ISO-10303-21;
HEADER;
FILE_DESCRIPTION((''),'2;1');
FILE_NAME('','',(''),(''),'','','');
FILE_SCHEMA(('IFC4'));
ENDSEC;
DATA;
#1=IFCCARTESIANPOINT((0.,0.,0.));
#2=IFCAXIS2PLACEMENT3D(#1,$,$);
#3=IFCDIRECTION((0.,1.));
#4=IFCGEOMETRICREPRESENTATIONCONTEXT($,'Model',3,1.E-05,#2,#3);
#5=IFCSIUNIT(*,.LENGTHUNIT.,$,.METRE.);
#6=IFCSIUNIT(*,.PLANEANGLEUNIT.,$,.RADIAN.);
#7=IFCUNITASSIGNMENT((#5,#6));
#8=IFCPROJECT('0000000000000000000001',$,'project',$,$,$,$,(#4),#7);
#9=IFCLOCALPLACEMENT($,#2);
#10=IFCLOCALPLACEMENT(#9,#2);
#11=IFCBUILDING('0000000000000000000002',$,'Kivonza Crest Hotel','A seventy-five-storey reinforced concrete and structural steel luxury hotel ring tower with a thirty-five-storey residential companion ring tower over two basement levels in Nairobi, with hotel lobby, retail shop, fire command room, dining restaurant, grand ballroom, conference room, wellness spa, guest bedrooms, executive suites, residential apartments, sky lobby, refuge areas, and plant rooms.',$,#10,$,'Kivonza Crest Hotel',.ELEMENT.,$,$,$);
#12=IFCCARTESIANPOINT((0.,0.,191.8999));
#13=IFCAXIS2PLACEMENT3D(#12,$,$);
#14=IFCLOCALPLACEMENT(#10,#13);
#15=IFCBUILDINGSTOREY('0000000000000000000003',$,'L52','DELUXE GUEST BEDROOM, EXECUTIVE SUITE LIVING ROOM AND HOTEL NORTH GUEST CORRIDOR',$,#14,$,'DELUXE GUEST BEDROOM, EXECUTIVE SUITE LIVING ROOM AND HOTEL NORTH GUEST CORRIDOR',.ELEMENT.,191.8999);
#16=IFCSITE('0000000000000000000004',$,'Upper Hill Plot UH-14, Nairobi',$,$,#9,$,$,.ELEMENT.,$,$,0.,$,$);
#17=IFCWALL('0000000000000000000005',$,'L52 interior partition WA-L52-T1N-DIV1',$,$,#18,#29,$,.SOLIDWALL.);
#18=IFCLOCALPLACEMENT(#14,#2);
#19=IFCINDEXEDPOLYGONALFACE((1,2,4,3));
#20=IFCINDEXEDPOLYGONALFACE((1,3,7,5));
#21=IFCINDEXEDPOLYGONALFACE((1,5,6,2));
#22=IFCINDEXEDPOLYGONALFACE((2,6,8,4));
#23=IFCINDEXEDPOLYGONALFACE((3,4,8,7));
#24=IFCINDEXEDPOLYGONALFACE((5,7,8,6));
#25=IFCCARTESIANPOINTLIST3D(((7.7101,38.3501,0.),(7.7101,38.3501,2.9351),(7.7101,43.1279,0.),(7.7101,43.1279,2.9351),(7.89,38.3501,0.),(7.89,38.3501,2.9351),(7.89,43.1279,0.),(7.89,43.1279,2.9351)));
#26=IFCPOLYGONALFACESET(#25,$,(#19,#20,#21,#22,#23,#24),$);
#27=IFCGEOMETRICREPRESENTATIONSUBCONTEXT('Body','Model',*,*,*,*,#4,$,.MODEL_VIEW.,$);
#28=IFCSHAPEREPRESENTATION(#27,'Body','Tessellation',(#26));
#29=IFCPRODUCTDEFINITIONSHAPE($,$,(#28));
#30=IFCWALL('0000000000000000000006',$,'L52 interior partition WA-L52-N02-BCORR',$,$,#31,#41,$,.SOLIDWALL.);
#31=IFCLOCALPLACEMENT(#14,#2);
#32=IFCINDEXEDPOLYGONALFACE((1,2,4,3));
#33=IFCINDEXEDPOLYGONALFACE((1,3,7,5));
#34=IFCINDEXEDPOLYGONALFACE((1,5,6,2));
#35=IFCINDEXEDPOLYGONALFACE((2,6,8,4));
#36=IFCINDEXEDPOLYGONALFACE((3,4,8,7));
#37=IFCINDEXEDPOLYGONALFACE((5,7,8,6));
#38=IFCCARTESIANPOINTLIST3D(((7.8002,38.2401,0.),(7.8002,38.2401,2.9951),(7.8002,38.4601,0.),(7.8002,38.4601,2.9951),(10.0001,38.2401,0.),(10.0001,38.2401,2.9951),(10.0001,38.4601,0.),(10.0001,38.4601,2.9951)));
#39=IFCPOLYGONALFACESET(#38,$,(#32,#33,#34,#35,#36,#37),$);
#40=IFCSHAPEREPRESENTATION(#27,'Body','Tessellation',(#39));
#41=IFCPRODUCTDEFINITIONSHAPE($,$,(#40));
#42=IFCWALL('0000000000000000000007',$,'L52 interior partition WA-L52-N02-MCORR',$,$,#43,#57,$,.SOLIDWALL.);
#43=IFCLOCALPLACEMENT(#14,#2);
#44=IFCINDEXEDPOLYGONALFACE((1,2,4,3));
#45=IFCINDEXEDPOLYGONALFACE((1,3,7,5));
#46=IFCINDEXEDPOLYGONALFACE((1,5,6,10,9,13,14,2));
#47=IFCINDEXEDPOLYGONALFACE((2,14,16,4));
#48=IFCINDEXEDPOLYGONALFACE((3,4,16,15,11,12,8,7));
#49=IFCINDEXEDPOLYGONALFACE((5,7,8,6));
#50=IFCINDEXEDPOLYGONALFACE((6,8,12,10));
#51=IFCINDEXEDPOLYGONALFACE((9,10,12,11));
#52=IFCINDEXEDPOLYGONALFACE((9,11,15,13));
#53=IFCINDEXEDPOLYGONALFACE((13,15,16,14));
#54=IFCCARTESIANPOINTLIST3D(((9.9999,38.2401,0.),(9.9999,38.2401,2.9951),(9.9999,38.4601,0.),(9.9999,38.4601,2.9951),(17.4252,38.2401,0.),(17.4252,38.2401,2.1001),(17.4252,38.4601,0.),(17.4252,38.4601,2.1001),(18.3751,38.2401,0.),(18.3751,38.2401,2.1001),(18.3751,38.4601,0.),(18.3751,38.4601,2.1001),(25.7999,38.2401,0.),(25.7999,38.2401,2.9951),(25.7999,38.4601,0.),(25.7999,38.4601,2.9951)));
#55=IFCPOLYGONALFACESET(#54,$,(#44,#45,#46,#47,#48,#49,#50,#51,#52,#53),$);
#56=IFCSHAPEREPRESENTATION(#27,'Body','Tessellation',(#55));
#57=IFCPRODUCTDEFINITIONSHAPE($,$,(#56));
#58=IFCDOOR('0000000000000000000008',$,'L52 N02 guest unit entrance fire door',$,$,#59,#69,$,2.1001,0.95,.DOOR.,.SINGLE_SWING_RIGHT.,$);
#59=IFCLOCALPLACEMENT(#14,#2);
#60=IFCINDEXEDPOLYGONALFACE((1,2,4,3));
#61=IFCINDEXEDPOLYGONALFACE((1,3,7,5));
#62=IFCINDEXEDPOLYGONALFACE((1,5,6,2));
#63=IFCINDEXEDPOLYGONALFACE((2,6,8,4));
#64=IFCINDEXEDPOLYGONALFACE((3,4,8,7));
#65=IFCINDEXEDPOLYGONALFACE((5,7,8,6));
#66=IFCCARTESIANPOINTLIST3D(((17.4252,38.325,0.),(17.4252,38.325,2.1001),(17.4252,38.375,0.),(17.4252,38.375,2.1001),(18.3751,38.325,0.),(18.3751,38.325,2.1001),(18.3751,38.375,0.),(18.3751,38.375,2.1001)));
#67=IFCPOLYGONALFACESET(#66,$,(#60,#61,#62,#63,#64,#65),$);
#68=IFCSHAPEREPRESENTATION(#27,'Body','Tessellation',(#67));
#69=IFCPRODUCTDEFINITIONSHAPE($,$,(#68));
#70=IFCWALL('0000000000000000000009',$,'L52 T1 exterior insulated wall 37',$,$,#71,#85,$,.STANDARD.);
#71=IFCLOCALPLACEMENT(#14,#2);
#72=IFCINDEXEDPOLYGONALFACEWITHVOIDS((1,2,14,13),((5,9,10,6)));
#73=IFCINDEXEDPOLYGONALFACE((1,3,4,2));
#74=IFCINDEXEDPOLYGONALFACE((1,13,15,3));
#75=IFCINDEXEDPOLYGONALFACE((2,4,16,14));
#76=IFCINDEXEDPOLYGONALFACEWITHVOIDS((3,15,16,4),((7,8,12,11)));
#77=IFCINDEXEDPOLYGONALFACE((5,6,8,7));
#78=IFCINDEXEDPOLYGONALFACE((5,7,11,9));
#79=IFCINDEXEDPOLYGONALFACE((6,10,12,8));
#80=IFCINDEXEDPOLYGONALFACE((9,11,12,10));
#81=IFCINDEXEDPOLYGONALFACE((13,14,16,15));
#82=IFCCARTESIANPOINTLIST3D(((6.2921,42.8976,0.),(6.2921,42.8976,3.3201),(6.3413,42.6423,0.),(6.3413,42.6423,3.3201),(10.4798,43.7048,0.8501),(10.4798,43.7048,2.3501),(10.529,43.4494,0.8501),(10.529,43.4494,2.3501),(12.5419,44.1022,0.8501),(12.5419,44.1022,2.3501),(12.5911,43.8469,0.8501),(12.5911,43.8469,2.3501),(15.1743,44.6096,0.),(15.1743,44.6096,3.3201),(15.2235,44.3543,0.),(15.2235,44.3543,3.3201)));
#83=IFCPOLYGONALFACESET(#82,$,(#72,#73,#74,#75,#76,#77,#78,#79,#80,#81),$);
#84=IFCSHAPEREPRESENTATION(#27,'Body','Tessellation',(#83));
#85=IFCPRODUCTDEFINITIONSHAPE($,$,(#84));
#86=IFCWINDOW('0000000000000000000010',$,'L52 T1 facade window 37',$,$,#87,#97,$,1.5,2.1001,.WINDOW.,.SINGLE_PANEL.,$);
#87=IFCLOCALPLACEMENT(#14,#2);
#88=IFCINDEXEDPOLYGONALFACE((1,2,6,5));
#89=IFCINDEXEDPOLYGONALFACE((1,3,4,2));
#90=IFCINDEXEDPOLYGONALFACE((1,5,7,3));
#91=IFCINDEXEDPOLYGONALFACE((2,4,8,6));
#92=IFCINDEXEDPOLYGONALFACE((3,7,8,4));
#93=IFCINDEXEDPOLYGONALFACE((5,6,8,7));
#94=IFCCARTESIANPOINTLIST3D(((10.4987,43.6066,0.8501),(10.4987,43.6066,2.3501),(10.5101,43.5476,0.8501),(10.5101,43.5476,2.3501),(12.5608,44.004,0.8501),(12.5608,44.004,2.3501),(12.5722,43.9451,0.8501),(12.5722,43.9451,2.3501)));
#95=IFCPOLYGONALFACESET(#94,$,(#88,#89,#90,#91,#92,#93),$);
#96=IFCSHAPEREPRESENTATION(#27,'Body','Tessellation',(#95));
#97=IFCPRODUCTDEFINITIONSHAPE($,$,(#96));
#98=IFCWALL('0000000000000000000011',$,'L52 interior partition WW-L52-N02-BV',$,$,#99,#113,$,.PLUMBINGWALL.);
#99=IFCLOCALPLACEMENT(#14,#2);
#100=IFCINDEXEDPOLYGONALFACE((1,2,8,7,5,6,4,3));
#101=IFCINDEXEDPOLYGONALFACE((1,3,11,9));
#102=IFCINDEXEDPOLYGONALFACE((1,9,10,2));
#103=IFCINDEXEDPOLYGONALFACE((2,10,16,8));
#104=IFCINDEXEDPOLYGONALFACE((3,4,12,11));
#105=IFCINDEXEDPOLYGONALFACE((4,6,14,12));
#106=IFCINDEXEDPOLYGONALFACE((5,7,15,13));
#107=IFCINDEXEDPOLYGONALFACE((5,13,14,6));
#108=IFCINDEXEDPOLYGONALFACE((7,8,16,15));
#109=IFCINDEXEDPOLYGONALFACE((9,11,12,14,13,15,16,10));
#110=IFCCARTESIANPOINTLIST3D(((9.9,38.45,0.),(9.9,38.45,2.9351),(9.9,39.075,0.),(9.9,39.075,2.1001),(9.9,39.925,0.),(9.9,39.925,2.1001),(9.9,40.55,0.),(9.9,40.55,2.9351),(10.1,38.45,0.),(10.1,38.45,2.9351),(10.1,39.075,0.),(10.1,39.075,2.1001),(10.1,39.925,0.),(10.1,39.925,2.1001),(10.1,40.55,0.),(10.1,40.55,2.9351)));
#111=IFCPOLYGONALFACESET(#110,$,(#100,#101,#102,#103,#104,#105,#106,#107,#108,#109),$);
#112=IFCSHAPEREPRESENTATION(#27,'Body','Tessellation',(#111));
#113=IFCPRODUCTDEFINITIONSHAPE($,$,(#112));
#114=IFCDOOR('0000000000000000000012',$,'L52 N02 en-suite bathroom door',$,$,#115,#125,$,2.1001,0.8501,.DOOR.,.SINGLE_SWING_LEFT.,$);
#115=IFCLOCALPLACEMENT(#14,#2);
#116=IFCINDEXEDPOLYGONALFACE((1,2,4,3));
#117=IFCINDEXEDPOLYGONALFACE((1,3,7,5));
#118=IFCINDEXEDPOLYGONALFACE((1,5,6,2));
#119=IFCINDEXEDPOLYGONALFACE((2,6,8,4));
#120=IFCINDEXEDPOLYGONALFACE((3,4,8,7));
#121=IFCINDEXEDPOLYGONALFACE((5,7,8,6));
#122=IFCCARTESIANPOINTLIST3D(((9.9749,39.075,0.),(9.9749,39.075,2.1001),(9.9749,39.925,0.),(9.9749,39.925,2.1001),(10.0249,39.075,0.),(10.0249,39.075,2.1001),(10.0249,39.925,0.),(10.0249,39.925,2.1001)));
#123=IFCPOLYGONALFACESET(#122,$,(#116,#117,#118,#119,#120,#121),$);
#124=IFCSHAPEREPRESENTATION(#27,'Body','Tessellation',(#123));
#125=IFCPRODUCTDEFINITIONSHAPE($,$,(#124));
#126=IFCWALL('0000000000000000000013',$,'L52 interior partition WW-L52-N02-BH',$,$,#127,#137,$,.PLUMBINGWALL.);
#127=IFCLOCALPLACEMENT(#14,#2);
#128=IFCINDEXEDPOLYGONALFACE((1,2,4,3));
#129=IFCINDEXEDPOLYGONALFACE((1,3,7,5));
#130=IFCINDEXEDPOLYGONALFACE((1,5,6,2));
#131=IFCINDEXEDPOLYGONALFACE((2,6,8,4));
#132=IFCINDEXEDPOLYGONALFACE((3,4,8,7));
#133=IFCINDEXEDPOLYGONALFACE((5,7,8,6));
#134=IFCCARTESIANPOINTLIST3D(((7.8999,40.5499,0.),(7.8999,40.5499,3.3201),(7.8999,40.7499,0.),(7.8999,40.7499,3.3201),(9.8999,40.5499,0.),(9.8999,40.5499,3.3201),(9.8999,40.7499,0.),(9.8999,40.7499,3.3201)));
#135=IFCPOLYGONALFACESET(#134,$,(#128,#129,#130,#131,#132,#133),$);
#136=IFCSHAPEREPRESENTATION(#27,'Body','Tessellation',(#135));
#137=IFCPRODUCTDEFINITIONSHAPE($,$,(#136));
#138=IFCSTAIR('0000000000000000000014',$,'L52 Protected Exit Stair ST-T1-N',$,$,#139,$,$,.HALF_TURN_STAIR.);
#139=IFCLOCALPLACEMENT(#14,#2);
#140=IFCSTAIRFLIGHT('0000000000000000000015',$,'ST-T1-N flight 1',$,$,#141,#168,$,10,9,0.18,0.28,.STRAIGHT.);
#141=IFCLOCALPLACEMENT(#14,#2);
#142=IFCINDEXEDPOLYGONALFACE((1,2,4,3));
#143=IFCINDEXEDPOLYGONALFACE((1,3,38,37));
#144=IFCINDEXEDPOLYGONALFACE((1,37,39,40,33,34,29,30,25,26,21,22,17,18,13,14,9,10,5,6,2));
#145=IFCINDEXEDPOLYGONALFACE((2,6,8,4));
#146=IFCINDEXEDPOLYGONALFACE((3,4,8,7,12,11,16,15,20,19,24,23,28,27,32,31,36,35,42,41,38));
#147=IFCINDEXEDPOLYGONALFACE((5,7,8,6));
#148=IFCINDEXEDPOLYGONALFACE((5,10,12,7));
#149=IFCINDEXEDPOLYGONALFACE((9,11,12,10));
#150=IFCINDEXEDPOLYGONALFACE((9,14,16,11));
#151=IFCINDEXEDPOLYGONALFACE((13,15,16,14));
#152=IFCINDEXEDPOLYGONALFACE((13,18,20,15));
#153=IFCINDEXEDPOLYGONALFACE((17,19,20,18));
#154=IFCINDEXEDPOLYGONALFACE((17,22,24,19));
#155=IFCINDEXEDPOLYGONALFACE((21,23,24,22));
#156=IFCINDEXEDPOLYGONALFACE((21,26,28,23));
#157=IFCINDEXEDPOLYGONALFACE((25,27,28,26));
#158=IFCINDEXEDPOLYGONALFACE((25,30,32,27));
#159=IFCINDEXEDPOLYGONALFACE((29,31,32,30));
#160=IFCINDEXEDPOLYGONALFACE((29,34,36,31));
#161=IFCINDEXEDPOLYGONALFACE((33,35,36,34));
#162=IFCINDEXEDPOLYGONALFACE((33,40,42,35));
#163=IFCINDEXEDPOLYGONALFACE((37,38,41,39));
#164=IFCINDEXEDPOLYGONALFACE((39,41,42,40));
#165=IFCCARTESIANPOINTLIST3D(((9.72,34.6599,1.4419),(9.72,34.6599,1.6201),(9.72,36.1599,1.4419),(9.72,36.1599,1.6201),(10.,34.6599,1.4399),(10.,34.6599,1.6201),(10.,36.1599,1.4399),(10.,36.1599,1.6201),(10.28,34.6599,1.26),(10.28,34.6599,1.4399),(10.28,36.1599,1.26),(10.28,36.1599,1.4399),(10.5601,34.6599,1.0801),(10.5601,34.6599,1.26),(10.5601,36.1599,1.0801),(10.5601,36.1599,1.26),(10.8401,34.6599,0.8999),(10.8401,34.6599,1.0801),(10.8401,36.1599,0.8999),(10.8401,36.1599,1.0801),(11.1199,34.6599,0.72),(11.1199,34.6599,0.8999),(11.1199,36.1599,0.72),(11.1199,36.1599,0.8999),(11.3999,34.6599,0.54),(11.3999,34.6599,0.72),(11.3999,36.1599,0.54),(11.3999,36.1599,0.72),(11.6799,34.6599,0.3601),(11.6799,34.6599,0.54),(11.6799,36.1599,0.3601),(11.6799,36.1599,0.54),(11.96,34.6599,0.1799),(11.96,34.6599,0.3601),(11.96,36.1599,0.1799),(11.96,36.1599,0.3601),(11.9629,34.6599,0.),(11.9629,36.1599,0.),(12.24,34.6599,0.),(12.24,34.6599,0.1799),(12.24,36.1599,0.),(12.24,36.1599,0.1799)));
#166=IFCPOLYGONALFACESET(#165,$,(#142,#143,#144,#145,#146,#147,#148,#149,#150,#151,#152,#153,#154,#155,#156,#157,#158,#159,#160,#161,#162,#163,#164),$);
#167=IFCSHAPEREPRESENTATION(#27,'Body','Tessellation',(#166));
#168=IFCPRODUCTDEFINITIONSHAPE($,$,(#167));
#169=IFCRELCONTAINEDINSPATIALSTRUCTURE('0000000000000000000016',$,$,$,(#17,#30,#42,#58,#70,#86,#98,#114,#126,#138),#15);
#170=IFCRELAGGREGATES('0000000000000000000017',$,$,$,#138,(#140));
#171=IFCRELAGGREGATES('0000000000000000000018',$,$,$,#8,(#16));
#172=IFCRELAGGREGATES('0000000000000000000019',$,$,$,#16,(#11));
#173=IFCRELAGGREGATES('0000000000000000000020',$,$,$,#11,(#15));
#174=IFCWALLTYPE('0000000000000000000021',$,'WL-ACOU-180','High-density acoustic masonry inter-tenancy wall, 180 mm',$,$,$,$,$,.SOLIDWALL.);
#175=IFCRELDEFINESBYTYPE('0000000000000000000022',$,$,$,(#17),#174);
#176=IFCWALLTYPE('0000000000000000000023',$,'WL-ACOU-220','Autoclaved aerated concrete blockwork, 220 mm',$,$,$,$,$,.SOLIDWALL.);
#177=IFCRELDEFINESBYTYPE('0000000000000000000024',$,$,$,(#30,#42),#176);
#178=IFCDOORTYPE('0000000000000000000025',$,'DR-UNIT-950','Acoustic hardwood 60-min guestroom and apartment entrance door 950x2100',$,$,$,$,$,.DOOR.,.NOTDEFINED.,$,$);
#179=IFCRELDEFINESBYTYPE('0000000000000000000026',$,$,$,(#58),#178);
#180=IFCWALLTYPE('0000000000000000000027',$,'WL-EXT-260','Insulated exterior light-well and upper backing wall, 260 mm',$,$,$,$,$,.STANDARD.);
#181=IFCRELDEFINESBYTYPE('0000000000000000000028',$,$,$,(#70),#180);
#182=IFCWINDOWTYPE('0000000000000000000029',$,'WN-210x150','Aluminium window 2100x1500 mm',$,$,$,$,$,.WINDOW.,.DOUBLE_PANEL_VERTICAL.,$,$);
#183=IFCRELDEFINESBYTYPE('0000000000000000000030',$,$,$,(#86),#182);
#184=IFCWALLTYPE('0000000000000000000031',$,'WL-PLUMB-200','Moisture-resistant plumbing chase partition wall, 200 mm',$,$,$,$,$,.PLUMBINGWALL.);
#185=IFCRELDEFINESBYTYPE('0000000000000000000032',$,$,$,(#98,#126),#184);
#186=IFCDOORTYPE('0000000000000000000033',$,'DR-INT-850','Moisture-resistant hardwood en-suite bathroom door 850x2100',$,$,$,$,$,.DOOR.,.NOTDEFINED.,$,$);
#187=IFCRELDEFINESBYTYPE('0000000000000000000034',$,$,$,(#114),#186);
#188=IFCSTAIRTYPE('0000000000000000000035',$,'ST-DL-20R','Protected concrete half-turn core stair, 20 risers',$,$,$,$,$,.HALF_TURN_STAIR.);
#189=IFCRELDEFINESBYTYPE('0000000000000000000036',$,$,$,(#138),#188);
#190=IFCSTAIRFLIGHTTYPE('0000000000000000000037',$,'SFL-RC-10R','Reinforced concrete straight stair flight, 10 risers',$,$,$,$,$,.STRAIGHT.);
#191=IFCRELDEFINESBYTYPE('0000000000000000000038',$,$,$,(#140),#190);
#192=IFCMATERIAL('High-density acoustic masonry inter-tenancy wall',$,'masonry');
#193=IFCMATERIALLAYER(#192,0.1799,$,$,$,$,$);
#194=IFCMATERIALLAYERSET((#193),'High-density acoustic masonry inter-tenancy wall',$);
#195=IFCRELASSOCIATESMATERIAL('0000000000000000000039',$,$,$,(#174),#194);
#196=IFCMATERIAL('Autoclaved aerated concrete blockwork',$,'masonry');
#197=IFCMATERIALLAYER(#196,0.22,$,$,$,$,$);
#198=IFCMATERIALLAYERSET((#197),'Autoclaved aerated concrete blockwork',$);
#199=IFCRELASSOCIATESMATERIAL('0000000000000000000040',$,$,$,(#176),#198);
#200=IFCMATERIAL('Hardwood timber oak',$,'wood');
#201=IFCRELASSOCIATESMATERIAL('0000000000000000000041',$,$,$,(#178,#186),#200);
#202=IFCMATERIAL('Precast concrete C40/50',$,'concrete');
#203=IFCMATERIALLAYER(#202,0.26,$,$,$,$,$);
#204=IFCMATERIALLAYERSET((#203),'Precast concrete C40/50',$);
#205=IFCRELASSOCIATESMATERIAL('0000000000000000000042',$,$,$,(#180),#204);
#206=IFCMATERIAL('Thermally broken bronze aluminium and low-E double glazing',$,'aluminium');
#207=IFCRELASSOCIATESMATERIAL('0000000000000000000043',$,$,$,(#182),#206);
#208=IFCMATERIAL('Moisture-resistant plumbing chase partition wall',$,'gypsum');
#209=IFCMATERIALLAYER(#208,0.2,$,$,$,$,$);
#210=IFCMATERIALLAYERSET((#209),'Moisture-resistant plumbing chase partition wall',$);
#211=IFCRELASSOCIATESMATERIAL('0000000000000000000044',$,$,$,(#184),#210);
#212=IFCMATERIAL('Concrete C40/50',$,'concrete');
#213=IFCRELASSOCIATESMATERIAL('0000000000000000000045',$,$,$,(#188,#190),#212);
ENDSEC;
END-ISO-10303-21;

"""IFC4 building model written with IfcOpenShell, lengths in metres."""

from ifc_helpers import new_model, si_unit, direction, frame, frame_2d, origin, place, context, subcontext, project, spatial, polyline, rectangle, outline, extrude, material, layer, layer_set, type_object, element, fill, aggregate, save


model = new_model("IFC4")

# Units and contexts
model_context = context("Model", 3, precision=1e-05, world=origin(), true_north=direction((0.0, 1.0)))
body_context = subcontext(model_context, "Body", "Model", "MODEL_VIEW")
ifc_project = project(units=[si_unit("LENGTHUNIT", "METRE"), si_unit("PLANEANGLEUNIT", "RADIAN")], contexts=[model_context])

# Site, building, storey
site_placement = place(None, origin())
site = spatial("IfcSite", under=ifc_project, at=site_placement, Name="Upper Hill Plot UH-14, Nairobi", CompositionType="ELEMENT", RefElevation=0.0)
building_placement = place(site_placement, origin())
building = spatial("IfcBuilding", under=site, at=building_placement, Name="Kivonza Crest Hotel", Description="A seventy-five-storey reinforced concrete and structural steel luxury hotel ring tower with a thirty-five-storey residential companion ring tower over two basement levels in Nairobi, with hotel lobby, retail shop, fire command room, dining restaurant, grand ballroom, conference room, wellness spa, guest bedrooms, executive suites, residential apartments, sky lobby, refuge areas, and plant rooms.", LongName="Kivonza Crest Hotel", CompositionType="ELEMENT")
storey_placement = place(building_placement, frame((0.0, 0.0, 191.8999)))
storey = spatial("IfcBuildingStorey", under=building, at=storey_placement, Name="L52", Description="DELUXE GUEST BEDROOM, EXECUTIVE SUITE LIVING ROOM AND HOTEL NORTH GUEST CORRIDOR", LongName="DELUXE GUEST BEDROOM, EXECUTIVE SUITE LIVING ROOM AND HOTEL NORTH GUEST CORRIDOR", CompositionType="ELEMENT", Elevation=191.8999)

# Walls
ifc_material_1 = material(Name="High-density acoustic masonry inter-tenancy wall", Category="masonry")
ifc_layer_1 = layer(ifc_material_1, 0.1799)
ifc_layer_set_1 = layer_set([ifc_layer_1], Name="High-density acoustic masonry inter-tenancy wall")
wall_type_1 = type_object("IfcWallType", Name="WL-ACOU-180", Description="High-density acoustic masonry inter-tenancy wall, 180 mm", PredefinedType="SOLIDWALL", material=ifc_layer_set_1)
wall_1_placement = place(storey_placement, frame((7.8, 38.3501, 0.0), z_axis=(0.0, 0.0, 1.0), x_axis=(0.0, 1.0, 0.0)))
element("IfcWall", 1, at=wall_1_placement, inside=storey, type_object=wall_type_1, Name="L52 interior partition WA-L52-T1N-DIV1", PredefinedType="SOLIDWALL", context=body_context, shape_type="SweptSolid", body=[
    extrude(rectangle(XDim=4.7778, YDim=0.1799, at=frame_2d((2.3889, 0.0))), origin(), (0.0, 0.0, 1.0), 2.9351),
])
ifc_material_2 = material(Name="Autoclaved aerated concrete blockwork", Category="masonry")
ifc_layer_2 = layer(ifc_material_2, 0.22)
ifc_layer_set_2 = layer_set([ifc_layer_2], Name="Autoclaved aerated concrete blockwork")
wall_type_2 = type_object("IfcWallType", Name="WL-ACOU-220", Description="Autoclaved aerated concrete blockwork, 220 mm", PredefinedType="SOLIDWALL", material=ifc_layer_set_2)
wall_2_placement = place(storey_placement, frame((7.8, 38.3501, 0.0), z_axis=(0.0, 0.0, 1.0), x_axis=(1.0, 0.0, 0.0)))
element("IfcWall", 2, at=wall_2_placement, inside=storey, type_object=wall_type_2, Name="L52 interior partition WA-L52-N02-BCORR", PredefinedType="SOLIDWALL", context=body_context, shape_type="SweptSolid", body=[
    extrude(rectangle(XDim=2.2, YDim=0.22, at=frame_2d((1.1001, 0.0))), origin(), (0.0, 0.0, 1.0), 2.9951),
])

# Wall, opening, door
wall_3_placement = place(storey_placement, frame((10.0, 38.3501, 0.0), z_axis=(0.0, 0.0, 1.0), x_axis=(1.0, 0.0, 0.0)))
wall_3 = element("IfcWall", 3, at=wall_3_placement, inside=storey, type_object=wall_type_2, Name="L52 interior partition WA-L52-N02-MCORR", PredefinedType="SOLIDWALL", context=body_context, shape_type="SweptSolid", body=[
    extrude(rectangle(XDim=15.8, YDim=0.22, at=frame_2d((7.8999, 0.0))), origin(), (0.0, 0.0, 1.0), 2.9951),
])
opening_1_placement = place(wall_3_placement, frame((7.425, 0.0, 0.0)))
opening_1 = element("IfcOpeningElement", 4, at=opening_1_placement, cuts=wall_3, PredefinedType="OPENING", context=body_context, shape_type="SweptSolid", body=[
    extrude(rectangle(XDim=0.95, YDim=2.1001, at=frame_2d((0.4751, 1.05))), frame((0.0, 0.1201, 0.0), z_axis=(0.0, -1.0, 0.0), x_axis=(1.0, 0.0, 0.0)), (0.0, 0.0, 1.0), 0.24),
])
ifc_material_3 = material(Name="Hardwood timber oak", Category="wood")
door_type_1 = type_object("IfcDoorType", Name="DR-UNIT-950", Description="Acoustic hardwood 60-min guestroom and apartment entrance door 950x2100", OperationType="NOTDEFINED", PredefinedType="DOOR", material=ifc_material_3)
door_1_placement = place(opening_1_placement, origin())
door_1 = element("IfcDoor", 5, at=door_1_placement, inside=storey, type_object=door_type_1, Name="L52 N02 guest unit entrance fire door", OperationType="SINGLE_SWING_RIGHT", OverallHeight=2.1001, OverallWidth=0.95, PredefinedType="DOOR", context=body_context, shape_type="SweptSolid", body=[
    extrude(rectangle(XDim=0.95, YDim=2.1001, at=frame_2d((0.4751, 1.05))), frame((0.0, 0.0249, 0.0), z_axis=(0.0, -1.0, 0.0), x_axis=(1.0, 0.0, 0.0)), (0.0, 0.0, 1.0), 0.05),
])
fill(opening_1, door_1)

# Wall, opening, window
ifc_material_4 = material(Name="Precast concrete C40/50", Category="concrete")
ifc_layer_3 = layer(ifc_material_4, 0.26)
ifc_layer_set_3 = layer_set([ifc_layer_3], Name="Precast concrete C40/50")
wall_type_3 = type_object("IfcWallType", Name="WL-EXT-260", Description="Insulated exterior light-well and upper backing wall, 260 mm", PredefinedType="STANDARD", material=ifc_layer_set_3)
wall_4_placement = place(storey_placement, frame((15.199, 44.4819, 0.0), z_axis=(0.0, 0.0, 1.0), x_axis=(-0.981928, -0.189255, 0.0)))
wall_4 = element("IfcWall", 6, at=wall_4_placement, inside=storey, type_object=wall_type_3, Name="L52 T1 exterior insulated wall 37", PredefinedType="STANDARD", context=body_context, shape_type="SweptSolid", body=[
    extrude(rectangle(XDim=9.0457, YDim=0.26, at=frame_2d((4.5229, 0.0))), origin(), (0.0, 0.0, 1.0), 3.3201),
])
opening_2_placement = place(wall_4_placement, frame((2.6809, 0.0, 0.8501)))
opening_2 = element("IfcOpeningElement", 7, at=opening_2_placement, cuts=wall_4, PredefinedType="OPENING", context=body_context, shape_type="SweptSolid", body=[
    extrude(rectangle(XDim=2.1001, YDim=1.5, at=frame_2d((1.05, 0.75))), frame((0.0, 0.1401, 0.0), z_axis=(0.0, -1.0, 0.0), x_axis=(1.0, 0.0, 0.0)), (0.0, 0.0, 1.0), 0.28),
])
ifc_material_5 = material(Name="Thermally broken bronze aluminium and low-E double glazing", Category="aluminium")
window_type = type_object("IfcWindowType", Name="WN-210x150", Description="Aluminium window 2100x1500 mm", PartitioningType="DOUBLE_PANEL_VERTICAL", PredefinedType="WINDOW", material=ifc_material_5)
window_placement = place(opening_2_placement, origin())
window = element("IfcWindow", 8, at=window_placement, inside=storey, type_object=window_type, Name="L52 T1 facade window 37", OverallHeight=1.5, OverallWidth=2.1001, PartitioningType="SINGLE_PANEL", PredefinedType="WINDOW", context=body_context, shape_type="SweptSolid", body=[
    extrude(rectangle(XDim=2.1001, YDim=1.5, at=frame_2d((1.05, 0.75))), frame((0.0, 0.03, 0.0), z_axis=(0.0, -1.0, 0.0), x_axis=(1.0, 0.0, 0.0)), (0.0, 0.0, 1.0), 0.0601),
])
fill(opening_2, window)

# Wall, opening, door
ifc_material_6 = material(Name="Moisture-resistant plumbing chase partition wall", Category="gypsum")
ifc_layer_4 = layer(ifc_material_6, 0.2)
ifc_layer_set_4 = layer_set([ifc_layer_4], Name="Moisture-resistant plumbing chase partition wall")
wall_type_4 = type_object("IfcWallType", Name="WL-PLUMB-200", Description="Moisture-resistant plumbing chase partition wall, 200 mm", PredefinedType="PLUMBINGWALL", material=ifc_layer_set_4)
wall_5_placement = place(storey_placement, frame((10.0, 38.45, 0.0), z_axis=(0.0, 0.0, 1.0), x_axis=(0.0, 1.0, 0.0)))
wall_5 = element("IfcWall", 9, at=wall_5_placement, inside=storey, type_object=wall_type_4, Name="L52 interior partition WW-L52-N02-BV", PredefinedType="PLUMBINGWALL", context=body_context, shape_type="SweptSolid", body=[
    extrude(rectangle(XDim=2.1001, YDim=0.2, at=frame_2d((1.05, 0.0))), origin(), (0.0, 0.0, 1.0), 2.9351),
])
opening_3_placement = place(wall_5_placement, frame((0.625, 0.0, 0.0)))
opening_3 = element("IfcOpeningElement", 10, at=opening_3_placement, cuts=wall_5, PredefinedType="OPENING", context=body_context, shape_type="SweptSolid", body=[
    extrude(rectangle(XDim=0.8501, YDim=2.1001, at=frame_2d((0.425, 1.05))), frame((0.0, 0.1099, 0.0), z_axis=(0.0, -1.0, 0.0), x_axis=(1.0, 0.0, 0.0)), (0.0, 0.0, 1.0), 0.22),
])
door_type_2 = type_object("IfcDoorType", Name="DR-INT-850", Description="Moisture-resistant hardwood en-suite bathroom door 850x2100", OperationType="NOTDEFINED", PredefinedType="DOOR", material=ifc_material_3)
door_2_placement = place(opening_3_placement, frame((0.8501, 0.0, 0.0), z_axis=(0.0, 0.0, 1.0), x_axis=(-1.0, 0.0, 0.0)))
door_2 = element("IfcDoor", 11, at=door_2_placement, inside=storey, type_object=door_type_2, Name="L52 N02 en-suite bathroom door", OperationType="SINGLE_SWING_LEFT", OverallHeight=2.1001, OverallWidth=0.8501, PredefinedType="DOOR", context=body_context, shape_type="SweptSolid", body=[
    extrude(rectangle(XDim=0.8501, YDim=2.1001, at=frame_2d((0.425, 1.05))), frame((0.0, 0.0249, 0.0), z_axis=(0.0, -1.0, 0.0), x_axis=(1.0, 0.0, 0.0)), (0.0, 0.0, 1.0), 0.05),
])
fill(opening_3, door_2)

# Wall
wall_6_placement = place(storey_placement, frame((7.8999, 40.6499, 0.0), z_axis=(0.0, 0.0, 1.0), x_axis=(1.0, 0.0, 0.0)))
element("IfcWall", 12, at=wall_6_placement, inside=storey, type_object=wall_type_4, Name="L52 interior partition WW-L52-N02-BH", PredefinedType="PLUMBINGWALL", context=body_context, shape_type="SweptSolid", body=[
    extrude(rectangle(XDim=2.0, YDim=0.2, at=frame_2d((1.0, 0.0))), origin(), (0.0, 0.0, 1.0), 3.3201),
])

# Stair, stair flight
ifc_material_7 = material(Name="Concrete C40/50", Category="concrete")
stair_type = type_object("IfcStairType", Name="ST-DL-20R", Description="Protected concrete half-turn core stair, 20 risers", PredefinedType="HALF_TURN_STAIR", material=ifc_material_7)
stair_placement = place(storey_placement, origin())
stair = element("IfcStair", 13, at=stair_placement, inside=storey, type_object=stair_type, Name="L52 Protected Exit Stair ST-T1-N", PredefinedType="HALF_TURN_STAIR")
stair_flight_type = type_object("IfcStairFlightType", Name="SFL-RC-10R", Description="Reinforced concrete straight stair flight, 10 risers", PredefinedType="STRAIGHT", material=ifc_material_7)
stair_flight_placement = place(storey_placement, frame((12.24, 35.4099, 0.0), z_axis=(0.0, 0.0, 1.0), x_axis=(-1.0, 0.0, 0.0)))
stair_flight = element("IfcStairFlight", 14, at=stair_flight_placement, type_object=stair_flight_type, Name="ST-T1-N flight 1", NumberOfRisers=10, NumberOfTreads=9, PredefinedType="STRAIGHT", RiserHeight=0.18, TreadLength=0.28, context=body_context, shape_type="SweptSolid", body=[
    extrude(outline(polyline([(0.0, 0.0), (0.0, 0.1799), (0.28, 0.1799), (0.28, 0.3601), (0.5601, 0.3601), (0.5601, 0.54), (0.8401, 0.54), (0.8401, 0.72), (1.1201, 0.72), (1.1201, 0.8999), (1.3999, 0.8999), (1.3999, 1.0801), (1.6799, 1.0801), (1.6799, 1.26), (1.96, 1.26), (1.96, 1.4399), (2.24, 1.4399), (2.24, 1.6201), (2.52, 1.6201), (2.52, 1.8), (2.52, 1.4419), (0.2771, 0.0), (0.0, 0.0)])), frame((0.0, 0.75, 0.0), z_axis=(0.0, -1.0, 0.0), x_axis=(1.0, 0.0, 0.0)), (0.0, 0.0, 1.0), 1.5),
])
aggregate(stair, [stair_flight])

save(model, "model.ifc")
